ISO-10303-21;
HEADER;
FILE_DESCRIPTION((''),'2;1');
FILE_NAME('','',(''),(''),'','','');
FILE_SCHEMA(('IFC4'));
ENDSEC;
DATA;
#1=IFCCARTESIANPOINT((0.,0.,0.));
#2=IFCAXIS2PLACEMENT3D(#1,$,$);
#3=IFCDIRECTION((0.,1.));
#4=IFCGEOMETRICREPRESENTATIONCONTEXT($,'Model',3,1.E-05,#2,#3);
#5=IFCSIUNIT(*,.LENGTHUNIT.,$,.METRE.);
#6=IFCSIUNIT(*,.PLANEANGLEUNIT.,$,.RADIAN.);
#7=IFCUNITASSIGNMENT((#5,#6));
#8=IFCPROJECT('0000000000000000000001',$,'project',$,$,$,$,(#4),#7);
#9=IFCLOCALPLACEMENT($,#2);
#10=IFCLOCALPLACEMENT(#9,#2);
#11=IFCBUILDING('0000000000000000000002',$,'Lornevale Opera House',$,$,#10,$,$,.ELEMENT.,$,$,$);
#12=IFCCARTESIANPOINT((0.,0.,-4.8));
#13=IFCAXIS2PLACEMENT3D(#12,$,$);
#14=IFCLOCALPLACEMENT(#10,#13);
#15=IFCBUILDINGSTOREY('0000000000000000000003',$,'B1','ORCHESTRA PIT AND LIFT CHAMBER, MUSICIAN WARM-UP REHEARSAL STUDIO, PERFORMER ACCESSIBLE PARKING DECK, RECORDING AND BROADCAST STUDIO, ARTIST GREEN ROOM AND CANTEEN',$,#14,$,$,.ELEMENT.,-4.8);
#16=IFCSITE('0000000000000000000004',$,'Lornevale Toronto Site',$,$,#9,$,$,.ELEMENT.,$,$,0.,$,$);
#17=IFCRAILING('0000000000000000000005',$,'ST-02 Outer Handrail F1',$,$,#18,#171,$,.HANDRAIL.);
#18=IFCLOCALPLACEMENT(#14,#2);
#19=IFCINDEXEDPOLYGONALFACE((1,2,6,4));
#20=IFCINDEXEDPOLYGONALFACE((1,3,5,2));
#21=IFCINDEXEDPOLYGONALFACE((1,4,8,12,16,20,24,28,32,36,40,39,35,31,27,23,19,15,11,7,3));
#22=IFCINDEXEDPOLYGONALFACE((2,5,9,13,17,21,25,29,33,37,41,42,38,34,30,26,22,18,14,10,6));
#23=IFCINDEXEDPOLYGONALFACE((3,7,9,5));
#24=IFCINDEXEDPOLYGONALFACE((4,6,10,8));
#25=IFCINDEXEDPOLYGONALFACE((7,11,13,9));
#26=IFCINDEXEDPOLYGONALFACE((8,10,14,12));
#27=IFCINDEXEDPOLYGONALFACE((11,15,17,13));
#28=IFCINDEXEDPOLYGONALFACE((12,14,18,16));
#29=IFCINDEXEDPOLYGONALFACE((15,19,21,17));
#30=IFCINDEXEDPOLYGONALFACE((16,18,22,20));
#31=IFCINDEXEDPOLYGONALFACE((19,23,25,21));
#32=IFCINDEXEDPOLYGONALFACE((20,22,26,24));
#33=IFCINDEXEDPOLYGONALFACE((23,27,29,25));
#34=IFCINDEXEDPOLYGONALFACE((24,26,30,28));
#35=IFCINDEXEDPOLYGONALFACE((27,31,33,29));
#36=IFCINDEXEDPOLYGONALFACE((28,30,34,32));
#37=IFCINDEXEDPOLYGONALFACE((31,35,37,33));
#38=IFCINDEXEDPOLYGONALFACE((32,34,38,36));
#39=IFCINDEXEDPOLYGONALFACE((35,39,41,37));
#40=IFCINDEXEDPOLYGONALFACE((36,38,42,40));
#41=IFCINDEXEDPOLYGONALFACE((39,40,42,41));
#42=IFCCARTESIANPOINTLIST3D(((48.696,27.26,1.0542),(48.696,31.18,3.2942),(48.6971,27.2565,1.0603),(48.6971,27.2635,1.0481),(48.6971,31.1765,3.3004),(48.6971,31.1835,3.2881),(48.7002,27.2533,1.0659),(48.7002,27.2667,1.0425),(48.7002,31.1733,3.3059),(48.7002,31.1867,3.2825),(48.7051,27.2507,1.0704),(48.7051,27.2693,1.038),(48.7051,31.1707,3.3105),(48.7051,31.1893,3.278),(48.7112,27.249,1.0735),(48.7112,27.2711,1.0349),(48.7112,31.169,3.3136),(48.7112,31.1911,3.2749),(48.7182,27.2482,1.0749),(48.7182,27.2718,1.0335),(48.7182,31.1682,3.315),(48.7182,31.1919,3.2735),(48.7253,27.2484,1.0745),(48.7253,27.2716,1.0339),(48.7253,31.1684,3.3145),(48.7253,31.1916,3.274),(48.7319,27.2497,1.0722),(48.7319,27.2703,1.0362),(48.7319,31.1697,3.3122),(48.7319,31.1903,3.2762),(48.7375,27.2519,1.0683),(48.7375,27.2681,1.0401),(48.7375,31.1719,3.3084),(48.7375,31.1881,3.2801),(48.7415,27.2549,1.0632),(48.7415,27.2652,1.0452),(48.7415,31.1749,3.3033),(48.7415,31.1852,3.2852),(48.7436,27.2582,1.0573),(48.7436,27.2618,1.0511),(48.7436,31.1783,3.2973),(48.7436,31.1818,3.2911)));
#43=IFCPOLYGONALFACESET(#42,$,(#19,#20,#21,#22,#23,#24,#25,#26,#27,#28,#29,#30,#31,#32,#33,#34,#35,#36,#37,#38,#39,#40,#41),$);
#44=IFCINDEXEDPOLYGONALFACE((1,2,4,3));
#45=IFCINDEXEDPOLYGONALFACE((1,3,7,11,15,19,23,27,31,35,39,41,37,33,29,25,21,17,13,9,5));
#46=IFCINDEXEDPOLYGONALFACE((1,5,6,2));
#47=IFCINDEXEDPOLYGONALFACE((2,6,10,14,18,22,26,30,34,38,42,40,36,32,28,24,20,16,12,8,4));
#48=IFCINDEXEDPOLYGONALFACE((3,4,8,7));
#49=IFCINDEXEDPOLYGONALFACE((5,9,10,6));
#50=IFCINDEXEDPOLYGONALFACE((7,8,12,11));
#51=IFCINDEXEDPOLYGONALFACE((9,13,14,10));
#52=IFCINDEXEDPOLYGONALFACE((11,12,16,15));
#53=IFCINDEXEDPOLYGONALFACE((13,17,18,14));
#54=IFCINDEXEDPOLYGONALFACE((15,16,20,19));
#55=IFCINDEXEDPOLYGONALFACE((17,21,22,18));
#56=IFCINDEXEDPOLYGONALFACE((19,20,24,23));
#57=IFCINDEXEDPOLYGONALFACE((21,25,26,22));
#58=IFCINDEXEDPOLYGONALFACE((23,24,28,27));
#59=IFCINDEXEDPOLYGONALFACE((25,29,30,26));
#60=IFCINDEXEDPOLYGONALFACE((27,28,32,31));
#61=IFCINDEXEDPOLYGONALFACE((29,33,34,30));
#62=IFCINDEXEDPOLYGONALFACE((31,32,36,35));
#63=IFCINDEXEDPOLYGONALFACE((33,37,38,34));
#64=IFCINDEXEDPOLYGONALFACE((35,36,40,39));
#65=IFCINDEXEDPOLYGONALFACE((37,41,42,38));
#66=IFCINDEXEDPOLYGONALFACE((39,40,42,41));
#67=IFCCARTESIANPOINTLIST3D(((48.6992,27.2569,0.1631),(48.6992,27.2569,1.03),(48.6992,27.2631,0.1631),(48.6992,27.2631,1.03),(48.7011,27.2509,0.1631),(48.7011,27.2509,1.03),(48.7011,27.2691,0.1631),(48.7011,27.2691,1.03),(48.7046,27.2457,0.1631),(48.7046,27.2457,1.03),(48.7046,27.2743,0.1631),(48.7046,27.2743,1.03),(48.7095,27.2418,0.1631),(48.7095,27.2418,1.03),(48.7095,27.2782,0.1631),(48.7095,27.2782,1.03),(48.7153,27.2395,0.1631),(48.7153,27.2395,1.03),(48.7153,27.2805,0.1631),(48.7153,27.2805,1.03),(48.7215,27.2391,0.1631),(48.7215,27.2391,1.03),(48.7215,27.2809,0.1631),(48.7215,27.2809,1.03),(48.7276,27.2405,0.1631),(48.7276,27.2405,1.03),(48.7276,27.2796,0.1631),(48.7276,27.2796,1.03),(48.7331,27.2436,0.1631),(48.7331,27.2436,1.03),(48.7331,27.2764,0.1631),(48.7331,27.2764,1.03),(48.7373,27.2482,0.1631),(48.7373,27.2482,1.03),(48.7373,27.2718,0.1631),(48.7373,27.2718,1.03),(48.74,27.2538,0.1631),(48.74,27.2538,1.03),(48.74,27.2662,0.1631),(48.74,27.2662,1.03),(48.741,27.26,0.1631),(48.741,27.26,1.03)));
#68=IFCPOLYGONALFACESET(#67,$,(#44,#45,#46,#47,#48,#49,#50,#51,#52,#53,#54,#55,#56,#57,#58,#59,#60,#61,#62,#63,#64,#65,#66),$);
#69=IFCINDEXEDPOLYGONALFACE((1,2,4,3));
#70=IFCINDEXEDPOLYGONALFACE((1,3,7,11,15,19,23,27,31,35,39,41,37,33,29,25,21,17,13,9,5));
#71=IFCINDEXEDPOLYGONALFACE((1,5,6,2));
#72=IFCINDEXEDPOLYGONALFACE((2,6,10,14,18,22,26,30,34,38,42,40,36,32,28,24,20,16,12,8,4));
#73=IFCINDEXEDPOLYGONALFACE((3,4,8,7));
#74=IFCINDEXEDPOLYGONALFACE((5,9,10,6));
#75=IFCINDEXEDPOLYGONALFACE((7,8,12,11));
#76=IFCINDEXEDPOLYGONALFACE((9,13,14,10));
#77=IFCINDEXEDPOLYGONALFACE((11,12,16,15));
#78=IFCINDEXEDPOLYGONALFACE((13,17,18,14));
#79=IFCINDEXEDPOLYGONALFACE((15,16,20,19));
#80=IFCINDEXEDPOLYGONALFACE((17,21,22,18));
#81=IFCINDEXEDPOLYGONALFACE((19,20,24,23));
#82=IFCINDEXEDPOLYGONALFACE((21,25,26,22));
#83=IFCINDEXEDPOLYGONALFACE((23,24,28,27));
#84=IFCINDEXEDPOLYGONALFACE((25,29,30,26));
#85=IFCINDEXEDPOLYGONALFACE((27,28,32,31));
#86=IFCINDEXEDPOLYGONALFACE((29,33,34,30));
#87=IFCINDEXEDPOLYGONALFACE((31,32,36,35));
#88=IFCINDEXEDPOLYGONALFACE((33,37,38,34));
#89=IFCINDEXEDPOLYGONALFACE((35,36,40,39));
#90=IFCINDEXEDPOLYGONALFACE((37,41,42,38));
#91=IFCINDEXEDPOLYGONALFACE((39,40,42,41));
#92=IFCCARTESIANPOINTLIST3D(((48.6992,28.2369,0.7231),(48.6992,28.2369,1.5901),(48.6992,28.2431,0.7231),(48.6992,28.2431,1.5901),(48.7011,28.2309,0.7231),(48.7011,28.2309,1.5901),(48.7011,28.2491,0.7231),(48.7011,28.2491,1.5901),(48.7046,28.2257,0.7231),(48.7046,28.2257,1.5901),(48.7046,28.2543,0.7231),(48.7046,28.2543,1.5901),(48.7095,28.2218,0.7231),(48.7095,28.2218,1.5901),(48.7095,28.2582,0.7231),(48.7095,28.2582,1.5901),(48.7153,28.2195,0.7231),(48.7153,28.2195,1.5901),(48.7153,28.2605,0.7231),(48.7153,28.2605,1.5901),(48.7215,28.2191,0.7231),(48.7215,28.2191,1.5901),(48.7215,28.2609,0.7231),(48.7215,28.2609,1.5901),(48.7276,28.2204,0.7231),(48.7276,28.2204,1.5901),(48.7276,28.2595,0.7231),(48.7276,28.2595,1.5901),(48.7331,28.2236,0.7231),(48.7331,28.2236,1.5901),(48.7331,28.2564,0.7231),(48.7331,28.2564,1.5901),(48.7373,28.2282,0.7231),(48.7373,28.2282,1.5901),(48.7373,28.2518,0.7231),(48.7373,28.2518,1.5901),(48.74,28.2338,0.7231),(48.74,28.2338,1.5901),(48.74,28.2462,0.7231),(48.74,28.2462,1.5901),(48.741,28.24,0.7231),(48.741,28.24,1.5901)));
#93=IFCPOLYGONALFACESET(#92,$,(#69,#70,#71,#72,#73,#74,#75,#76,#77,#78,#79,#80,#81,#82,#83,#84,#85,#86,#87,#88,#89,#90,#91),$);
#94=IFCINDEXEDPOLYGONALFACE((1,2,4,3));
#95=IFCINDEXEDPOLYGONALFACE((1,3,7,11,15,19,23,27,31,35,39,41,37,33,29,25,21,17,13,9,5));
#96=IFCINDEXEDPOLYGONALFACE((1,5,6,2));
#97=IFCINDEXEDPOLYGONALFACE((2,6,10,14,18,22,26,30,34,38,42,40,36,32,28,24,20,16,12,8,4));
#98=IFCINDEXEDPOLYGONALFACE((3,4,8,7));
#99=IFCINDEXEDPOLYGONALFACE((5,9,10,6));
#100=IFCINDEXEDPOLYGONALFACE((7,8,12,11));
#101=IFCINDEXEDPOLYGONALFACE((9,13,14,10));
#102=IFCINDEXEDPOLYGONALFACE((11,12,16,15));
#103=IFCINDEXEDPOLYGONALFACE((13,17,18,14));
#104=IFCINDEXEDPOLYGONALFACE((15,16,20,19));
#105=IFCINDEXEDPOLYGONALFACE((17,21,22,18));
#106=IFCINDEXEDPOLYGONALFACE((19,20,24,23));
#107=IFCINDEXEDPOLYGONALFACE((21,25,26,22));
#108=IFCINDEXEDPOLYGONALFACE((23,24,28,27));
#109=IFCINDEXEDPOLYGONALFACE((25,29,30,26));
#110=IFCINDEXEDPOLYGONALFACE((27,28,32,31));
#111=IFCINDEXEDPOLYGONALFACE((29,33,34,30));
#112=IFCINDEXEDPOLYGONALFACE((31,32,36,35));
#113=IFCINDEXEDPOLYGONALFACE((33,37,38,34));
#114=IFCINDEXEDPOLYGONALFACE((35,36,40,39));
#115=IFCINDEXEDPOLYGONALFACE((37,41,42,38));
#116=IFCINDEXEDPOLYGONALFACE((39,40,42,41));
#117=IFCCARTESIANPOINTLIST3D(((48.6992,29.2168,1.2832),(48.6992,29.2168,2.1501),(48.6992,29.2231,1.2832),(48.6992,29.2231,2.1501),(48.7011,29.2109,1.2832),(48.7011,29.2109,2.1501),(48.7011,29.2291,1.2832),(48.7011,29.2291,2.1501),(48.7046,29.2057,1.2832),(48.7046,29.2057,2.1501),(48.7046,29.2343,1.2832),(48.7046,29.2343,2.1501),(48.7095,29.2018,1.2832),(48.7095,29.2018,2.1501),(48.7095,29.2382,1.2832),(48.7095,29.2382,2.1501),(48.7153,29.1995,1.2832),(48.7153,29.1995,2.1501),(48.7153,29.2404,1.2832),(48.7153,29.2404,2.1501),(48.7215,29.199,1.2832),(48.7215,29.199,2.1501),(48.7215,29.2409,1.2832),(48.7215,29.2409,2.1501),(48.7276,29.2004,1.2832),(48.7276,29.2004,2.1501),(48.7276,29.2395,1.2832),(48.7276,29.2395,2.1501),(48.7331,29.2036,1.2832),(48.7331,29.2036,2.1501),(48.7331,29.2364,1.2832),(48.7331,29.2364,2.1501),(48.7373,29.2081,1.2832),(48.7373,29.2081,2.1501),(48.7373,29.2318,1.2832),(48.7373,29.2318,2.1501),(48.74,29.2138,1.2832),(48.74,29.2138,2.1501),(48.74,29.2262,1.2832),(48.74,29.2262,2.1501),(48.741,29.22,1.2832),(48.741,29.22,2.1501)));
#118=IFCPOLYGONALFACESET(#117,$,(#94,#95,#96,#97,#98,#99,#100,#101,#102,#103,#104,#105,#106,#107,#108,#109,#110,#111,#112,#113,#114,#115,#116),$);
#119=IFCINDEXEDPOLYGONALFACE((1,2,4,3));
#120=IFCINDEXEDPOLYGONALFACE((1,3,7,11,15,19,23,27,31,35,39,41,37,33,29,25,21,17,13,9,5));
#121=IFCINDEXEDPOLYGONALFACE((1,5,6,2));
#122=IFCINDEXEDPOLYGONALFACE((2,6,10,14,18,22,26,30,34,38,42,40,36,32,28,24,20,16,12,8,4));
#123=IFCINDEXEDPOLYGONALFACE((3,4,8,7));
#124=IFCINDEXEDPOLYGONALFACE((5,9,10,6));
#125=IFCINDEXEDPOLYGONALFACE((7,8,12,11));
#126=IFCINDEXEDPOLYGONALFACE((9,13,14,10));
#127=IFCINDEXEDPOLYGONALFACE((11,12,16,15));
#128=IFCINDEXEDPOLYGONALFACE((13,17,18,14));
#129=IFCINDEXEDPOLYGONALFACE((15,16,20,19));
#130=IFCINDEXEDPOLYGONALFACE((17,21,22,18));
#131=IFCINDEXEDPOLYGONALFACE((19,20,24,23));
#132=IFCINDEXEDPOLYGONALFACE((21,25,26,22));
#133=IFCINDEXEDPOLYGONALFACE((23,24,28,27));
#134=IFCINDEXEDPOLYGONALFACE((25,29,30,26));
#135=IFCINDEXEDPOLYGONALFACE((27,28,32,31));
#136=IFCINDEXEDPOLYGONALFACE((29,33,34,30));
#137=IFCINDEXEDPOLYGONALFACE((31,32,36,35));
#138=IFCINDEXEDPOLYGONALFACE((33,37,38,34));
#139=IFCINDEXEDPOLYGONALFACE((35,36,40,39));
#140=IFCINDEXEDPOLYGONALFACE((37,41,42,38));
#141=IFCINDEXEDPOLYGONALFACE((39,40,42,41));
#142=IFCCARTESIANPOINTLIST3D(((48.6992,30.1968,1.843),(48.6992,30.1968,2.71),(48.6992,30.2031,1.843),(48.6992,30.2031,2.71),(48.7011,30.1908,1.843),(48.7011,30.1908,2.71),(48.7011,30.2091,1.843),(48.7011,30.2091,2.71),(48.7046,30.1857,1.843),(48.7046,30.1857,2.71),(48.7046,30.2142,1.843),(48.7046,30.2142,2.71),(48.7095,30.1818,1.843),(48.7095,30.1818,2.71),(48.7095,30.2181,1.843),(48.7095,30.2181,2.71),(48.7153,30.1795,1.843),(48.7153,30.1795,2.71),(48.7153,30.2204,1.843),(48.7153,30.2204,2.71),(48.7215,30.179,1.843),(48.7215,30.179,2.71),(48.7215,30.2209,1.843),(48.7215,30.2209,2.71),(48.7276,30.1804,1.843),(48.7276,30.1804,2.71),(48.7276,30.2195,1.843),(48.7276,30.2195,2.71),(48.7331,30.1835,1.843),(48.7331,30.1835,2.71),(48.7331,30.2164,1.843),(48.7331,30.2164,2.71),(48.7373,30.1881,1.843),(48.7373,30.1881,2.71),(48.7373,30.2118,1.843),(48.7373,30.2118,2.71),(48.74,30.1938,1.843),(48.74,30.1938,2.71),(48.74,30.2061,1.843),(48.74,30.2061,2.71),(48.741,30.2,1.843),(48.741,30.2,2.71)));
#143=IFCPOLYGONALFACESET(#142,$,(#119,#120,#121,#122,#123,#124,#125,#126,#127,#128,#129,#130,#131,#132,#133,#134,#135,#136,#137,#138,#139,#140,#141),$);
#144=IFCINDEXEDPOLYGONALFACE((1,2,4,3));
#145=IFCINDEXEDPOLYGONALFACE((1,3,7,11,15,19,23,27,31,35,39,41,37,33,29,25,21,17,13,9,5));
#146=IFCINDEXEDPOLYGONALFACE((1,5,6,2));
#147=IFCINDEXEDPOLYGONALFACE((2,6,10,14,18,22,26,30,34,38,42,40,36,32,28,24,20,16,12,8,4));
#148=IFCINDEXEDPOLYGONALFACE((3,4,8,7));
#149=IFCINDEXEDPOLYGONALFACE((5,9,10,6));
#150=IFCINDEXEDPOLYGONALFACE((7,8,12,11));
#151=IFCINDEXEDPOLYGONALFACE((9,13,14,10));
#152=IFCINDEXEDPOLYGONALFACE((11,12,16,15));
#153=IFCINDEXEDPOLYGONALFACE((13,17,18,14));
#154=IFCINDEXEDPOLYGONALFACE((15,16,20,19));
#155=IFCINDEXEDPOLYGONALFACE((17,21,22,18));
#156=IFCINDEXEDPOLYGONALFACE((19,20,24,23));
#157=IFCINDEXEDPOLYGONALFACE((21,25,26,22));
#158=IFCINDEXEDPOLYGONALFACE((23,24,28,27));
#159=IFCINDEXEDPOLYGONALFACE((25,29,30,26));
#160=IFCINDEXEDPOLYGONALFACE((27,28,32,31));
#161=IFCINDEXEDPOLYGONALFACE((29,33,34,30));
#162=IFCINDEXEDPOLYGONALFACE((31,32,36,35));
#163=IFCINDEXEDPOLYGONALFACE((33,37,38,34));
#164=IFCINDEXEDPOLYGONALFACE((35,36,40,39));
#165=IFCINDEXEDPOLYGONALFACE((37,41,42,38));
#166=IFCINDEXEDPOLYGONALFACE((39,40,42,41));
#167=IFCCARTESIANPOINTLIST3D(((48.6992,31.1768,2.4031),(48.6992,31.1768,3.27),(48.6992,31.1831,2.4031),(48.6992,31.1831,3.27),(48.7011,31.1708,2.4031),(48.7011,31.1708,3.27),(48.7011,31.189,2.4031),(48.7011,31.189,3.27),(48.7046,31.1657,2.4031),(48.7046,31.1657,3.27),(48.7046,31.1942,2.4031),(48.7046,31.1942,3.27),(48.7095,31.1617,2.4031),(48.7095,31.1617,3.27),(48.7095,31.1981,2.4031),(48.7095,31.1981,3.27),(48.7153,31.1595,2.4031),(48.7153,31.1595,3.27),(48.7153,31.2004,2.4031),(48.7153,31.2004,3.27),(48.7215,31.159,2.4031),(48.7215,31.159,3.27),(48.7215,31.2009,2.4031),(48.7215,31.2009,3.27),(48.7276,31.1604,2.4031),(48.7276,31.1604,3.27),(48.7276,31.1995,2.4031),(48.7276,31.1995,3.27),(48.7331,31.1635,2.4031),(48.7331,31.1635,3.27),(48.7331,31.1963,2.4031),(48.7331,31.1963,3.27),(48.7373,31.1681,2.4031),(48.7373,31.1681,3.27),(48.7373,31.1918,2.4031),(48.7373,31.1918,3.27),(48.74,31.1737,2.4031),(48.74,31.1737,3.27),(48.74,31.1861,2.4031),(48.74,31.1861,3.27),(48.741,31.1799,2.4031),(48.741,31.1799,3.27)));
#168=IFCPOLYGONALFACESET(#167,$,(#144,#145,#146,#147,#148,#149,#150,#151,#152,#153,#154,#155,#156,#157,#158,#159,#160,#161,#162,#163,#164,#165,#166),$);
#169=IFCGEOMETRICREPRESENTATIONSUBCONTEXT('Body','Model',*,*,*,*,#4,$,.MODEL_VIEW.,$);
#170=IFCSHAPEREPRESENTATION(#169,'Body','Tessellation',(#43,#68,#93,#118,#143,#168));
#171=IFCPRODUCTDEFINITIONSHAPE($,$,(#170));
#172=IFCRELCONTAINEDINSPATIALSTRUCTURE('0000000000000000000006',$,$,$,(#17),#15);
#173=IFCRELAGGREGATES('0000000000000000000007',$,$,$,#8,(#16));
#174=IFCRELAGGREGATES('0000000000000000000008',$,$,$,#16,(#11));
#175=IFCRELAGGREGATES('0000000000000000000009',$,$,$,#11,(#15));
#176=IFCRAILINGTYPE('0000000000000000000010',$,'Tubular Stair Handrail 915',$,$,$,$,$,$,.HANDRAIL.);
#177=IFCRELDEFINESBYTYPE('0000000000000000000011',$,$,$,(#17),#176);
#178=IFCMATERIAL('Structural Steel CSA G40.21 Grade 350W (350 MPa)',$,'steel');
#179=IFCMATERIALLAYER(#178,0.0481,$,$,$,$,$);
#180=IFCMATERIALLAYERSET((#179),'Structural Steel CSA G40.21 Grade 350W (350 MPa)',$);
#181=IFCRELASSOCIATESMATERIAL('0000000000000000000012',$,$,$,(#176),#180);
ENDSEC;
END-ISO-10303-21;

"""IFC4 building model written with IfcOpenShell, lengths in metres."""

from ifc_helpers import new_model, si_unit, direction, frame, origin, origin_2d, place, context, subcontext, project, spatial, circle, extrude, material, layer, layer_set, type_object, element, save


model = new_model("IFC4")

# Units and contexts
model_context = context("Model", 3, precision=1e-05, world=origin(), true_north=direction((0.0, 1.0)))
body_context = subcontext(model_context, "Body", "Model", "MODEL_VIEW")
ifc_project = project(units=[si_unit("LENGTHUNIT", "METRE"), si_unit("PLANEANGLEUNIT", "RADIAN")], contexts=[model_context])

# Site, building, storey
site_placement = place(None, origin())
site = spatial("IfcSite", under=ifc_project, at=site_placement, Name="Lornevale Toronto Site", CompositionType="ELEMENT", RefElevation=0.0)
building_placement = place(site_placement, origin())
building = spatial("IfcBuilding", under=site, at=building_placement, Name="Lornevale Opera House", CompositionType="ELEMENT")
storey_placement = place(building_placement, frame((0.0, 0.0, -4.8)))
storey = spatial("IfcBuildingStorey", under=building, at=storey_placement, Name="B1", Description="ORCHESTRA PIT AND LIFT CHAMBER, MUSICIAN WARM-UP REHEARSAL STUDIO, PERFORMER ACCESSIBLE PARKING DECK, RECORDING AND BROADCAST STUDIO, ARTIST GREEN ROOM AND CANTEEN", CompositionType="ELEMENT", Elevation=-4.8)

# Railing
ifc_material_1 = material(Name="Structural Steel CSA G40.21 Grade 350W (350 MPa)", Category="steel")
ifc_layer_1 = layer(ifc_material_1, 0.0481)
ifc_layer_set_1 = layer_set([ifc_layer_1], Name="Structural Steel CSA G40.21 Grade 350W (350 MPa)")
railing_type_1 = type_object("IfcRailingType", Name="Tubular Stair Handrail 915", PredefinedType="HANDRAIL", material=ifc_layer_set_1)
railing_1_placement = place(storey_placement, frame((48.72, 27.26, 0.1631)))
element("IfcRailing", 1, at=railing_1_placement, inside=storey, type_object=railing_type_1, Name="ST-02 Outer Handrail F1", PredefinedType="HANDRAIL", context=body_context, shape_type="SweptSolid", body=[
    extrude(circle(Radius=0.0239, at=origin_2d()), frame((0.0, 0.0, 0.8911), z_axis=(0.0, 0.86824, 0.496145), x_axis=(-1.0, 0.0, 0.0)), (0.0, 0.0, 1.0), 4.5149),
    extrude(circle(Radius=0.021, at=origin_2d()), origin(), (0.0, 0.0, 1.0), 0.8669),
    extrude(circle(Radius=0.021, at=origin_2d()), frame((0.0, 0.98, 0.5601)), (0.0, 0.0, 1.0), 0.8669),
    extrude(circle(Radius=0.021, at=origin_2d()), frame((0.0, 1.96, 1.1201)), (0.0, 0.0, 1.0), 0.8669),
    extrude(circle(Radius=0.021, at=origin_2d()), frame((0.0, 2.9399, 1.6799)), (0.0, 0.0, 1.0), 0.8669),
    extrude(circle(Radius=0.021, at=origin_2d()), frame((0.0, 3.9199, 2.24)), (0.0, 0.0, 1.0), 0.8669),
])

save(model, "model.ifc")
